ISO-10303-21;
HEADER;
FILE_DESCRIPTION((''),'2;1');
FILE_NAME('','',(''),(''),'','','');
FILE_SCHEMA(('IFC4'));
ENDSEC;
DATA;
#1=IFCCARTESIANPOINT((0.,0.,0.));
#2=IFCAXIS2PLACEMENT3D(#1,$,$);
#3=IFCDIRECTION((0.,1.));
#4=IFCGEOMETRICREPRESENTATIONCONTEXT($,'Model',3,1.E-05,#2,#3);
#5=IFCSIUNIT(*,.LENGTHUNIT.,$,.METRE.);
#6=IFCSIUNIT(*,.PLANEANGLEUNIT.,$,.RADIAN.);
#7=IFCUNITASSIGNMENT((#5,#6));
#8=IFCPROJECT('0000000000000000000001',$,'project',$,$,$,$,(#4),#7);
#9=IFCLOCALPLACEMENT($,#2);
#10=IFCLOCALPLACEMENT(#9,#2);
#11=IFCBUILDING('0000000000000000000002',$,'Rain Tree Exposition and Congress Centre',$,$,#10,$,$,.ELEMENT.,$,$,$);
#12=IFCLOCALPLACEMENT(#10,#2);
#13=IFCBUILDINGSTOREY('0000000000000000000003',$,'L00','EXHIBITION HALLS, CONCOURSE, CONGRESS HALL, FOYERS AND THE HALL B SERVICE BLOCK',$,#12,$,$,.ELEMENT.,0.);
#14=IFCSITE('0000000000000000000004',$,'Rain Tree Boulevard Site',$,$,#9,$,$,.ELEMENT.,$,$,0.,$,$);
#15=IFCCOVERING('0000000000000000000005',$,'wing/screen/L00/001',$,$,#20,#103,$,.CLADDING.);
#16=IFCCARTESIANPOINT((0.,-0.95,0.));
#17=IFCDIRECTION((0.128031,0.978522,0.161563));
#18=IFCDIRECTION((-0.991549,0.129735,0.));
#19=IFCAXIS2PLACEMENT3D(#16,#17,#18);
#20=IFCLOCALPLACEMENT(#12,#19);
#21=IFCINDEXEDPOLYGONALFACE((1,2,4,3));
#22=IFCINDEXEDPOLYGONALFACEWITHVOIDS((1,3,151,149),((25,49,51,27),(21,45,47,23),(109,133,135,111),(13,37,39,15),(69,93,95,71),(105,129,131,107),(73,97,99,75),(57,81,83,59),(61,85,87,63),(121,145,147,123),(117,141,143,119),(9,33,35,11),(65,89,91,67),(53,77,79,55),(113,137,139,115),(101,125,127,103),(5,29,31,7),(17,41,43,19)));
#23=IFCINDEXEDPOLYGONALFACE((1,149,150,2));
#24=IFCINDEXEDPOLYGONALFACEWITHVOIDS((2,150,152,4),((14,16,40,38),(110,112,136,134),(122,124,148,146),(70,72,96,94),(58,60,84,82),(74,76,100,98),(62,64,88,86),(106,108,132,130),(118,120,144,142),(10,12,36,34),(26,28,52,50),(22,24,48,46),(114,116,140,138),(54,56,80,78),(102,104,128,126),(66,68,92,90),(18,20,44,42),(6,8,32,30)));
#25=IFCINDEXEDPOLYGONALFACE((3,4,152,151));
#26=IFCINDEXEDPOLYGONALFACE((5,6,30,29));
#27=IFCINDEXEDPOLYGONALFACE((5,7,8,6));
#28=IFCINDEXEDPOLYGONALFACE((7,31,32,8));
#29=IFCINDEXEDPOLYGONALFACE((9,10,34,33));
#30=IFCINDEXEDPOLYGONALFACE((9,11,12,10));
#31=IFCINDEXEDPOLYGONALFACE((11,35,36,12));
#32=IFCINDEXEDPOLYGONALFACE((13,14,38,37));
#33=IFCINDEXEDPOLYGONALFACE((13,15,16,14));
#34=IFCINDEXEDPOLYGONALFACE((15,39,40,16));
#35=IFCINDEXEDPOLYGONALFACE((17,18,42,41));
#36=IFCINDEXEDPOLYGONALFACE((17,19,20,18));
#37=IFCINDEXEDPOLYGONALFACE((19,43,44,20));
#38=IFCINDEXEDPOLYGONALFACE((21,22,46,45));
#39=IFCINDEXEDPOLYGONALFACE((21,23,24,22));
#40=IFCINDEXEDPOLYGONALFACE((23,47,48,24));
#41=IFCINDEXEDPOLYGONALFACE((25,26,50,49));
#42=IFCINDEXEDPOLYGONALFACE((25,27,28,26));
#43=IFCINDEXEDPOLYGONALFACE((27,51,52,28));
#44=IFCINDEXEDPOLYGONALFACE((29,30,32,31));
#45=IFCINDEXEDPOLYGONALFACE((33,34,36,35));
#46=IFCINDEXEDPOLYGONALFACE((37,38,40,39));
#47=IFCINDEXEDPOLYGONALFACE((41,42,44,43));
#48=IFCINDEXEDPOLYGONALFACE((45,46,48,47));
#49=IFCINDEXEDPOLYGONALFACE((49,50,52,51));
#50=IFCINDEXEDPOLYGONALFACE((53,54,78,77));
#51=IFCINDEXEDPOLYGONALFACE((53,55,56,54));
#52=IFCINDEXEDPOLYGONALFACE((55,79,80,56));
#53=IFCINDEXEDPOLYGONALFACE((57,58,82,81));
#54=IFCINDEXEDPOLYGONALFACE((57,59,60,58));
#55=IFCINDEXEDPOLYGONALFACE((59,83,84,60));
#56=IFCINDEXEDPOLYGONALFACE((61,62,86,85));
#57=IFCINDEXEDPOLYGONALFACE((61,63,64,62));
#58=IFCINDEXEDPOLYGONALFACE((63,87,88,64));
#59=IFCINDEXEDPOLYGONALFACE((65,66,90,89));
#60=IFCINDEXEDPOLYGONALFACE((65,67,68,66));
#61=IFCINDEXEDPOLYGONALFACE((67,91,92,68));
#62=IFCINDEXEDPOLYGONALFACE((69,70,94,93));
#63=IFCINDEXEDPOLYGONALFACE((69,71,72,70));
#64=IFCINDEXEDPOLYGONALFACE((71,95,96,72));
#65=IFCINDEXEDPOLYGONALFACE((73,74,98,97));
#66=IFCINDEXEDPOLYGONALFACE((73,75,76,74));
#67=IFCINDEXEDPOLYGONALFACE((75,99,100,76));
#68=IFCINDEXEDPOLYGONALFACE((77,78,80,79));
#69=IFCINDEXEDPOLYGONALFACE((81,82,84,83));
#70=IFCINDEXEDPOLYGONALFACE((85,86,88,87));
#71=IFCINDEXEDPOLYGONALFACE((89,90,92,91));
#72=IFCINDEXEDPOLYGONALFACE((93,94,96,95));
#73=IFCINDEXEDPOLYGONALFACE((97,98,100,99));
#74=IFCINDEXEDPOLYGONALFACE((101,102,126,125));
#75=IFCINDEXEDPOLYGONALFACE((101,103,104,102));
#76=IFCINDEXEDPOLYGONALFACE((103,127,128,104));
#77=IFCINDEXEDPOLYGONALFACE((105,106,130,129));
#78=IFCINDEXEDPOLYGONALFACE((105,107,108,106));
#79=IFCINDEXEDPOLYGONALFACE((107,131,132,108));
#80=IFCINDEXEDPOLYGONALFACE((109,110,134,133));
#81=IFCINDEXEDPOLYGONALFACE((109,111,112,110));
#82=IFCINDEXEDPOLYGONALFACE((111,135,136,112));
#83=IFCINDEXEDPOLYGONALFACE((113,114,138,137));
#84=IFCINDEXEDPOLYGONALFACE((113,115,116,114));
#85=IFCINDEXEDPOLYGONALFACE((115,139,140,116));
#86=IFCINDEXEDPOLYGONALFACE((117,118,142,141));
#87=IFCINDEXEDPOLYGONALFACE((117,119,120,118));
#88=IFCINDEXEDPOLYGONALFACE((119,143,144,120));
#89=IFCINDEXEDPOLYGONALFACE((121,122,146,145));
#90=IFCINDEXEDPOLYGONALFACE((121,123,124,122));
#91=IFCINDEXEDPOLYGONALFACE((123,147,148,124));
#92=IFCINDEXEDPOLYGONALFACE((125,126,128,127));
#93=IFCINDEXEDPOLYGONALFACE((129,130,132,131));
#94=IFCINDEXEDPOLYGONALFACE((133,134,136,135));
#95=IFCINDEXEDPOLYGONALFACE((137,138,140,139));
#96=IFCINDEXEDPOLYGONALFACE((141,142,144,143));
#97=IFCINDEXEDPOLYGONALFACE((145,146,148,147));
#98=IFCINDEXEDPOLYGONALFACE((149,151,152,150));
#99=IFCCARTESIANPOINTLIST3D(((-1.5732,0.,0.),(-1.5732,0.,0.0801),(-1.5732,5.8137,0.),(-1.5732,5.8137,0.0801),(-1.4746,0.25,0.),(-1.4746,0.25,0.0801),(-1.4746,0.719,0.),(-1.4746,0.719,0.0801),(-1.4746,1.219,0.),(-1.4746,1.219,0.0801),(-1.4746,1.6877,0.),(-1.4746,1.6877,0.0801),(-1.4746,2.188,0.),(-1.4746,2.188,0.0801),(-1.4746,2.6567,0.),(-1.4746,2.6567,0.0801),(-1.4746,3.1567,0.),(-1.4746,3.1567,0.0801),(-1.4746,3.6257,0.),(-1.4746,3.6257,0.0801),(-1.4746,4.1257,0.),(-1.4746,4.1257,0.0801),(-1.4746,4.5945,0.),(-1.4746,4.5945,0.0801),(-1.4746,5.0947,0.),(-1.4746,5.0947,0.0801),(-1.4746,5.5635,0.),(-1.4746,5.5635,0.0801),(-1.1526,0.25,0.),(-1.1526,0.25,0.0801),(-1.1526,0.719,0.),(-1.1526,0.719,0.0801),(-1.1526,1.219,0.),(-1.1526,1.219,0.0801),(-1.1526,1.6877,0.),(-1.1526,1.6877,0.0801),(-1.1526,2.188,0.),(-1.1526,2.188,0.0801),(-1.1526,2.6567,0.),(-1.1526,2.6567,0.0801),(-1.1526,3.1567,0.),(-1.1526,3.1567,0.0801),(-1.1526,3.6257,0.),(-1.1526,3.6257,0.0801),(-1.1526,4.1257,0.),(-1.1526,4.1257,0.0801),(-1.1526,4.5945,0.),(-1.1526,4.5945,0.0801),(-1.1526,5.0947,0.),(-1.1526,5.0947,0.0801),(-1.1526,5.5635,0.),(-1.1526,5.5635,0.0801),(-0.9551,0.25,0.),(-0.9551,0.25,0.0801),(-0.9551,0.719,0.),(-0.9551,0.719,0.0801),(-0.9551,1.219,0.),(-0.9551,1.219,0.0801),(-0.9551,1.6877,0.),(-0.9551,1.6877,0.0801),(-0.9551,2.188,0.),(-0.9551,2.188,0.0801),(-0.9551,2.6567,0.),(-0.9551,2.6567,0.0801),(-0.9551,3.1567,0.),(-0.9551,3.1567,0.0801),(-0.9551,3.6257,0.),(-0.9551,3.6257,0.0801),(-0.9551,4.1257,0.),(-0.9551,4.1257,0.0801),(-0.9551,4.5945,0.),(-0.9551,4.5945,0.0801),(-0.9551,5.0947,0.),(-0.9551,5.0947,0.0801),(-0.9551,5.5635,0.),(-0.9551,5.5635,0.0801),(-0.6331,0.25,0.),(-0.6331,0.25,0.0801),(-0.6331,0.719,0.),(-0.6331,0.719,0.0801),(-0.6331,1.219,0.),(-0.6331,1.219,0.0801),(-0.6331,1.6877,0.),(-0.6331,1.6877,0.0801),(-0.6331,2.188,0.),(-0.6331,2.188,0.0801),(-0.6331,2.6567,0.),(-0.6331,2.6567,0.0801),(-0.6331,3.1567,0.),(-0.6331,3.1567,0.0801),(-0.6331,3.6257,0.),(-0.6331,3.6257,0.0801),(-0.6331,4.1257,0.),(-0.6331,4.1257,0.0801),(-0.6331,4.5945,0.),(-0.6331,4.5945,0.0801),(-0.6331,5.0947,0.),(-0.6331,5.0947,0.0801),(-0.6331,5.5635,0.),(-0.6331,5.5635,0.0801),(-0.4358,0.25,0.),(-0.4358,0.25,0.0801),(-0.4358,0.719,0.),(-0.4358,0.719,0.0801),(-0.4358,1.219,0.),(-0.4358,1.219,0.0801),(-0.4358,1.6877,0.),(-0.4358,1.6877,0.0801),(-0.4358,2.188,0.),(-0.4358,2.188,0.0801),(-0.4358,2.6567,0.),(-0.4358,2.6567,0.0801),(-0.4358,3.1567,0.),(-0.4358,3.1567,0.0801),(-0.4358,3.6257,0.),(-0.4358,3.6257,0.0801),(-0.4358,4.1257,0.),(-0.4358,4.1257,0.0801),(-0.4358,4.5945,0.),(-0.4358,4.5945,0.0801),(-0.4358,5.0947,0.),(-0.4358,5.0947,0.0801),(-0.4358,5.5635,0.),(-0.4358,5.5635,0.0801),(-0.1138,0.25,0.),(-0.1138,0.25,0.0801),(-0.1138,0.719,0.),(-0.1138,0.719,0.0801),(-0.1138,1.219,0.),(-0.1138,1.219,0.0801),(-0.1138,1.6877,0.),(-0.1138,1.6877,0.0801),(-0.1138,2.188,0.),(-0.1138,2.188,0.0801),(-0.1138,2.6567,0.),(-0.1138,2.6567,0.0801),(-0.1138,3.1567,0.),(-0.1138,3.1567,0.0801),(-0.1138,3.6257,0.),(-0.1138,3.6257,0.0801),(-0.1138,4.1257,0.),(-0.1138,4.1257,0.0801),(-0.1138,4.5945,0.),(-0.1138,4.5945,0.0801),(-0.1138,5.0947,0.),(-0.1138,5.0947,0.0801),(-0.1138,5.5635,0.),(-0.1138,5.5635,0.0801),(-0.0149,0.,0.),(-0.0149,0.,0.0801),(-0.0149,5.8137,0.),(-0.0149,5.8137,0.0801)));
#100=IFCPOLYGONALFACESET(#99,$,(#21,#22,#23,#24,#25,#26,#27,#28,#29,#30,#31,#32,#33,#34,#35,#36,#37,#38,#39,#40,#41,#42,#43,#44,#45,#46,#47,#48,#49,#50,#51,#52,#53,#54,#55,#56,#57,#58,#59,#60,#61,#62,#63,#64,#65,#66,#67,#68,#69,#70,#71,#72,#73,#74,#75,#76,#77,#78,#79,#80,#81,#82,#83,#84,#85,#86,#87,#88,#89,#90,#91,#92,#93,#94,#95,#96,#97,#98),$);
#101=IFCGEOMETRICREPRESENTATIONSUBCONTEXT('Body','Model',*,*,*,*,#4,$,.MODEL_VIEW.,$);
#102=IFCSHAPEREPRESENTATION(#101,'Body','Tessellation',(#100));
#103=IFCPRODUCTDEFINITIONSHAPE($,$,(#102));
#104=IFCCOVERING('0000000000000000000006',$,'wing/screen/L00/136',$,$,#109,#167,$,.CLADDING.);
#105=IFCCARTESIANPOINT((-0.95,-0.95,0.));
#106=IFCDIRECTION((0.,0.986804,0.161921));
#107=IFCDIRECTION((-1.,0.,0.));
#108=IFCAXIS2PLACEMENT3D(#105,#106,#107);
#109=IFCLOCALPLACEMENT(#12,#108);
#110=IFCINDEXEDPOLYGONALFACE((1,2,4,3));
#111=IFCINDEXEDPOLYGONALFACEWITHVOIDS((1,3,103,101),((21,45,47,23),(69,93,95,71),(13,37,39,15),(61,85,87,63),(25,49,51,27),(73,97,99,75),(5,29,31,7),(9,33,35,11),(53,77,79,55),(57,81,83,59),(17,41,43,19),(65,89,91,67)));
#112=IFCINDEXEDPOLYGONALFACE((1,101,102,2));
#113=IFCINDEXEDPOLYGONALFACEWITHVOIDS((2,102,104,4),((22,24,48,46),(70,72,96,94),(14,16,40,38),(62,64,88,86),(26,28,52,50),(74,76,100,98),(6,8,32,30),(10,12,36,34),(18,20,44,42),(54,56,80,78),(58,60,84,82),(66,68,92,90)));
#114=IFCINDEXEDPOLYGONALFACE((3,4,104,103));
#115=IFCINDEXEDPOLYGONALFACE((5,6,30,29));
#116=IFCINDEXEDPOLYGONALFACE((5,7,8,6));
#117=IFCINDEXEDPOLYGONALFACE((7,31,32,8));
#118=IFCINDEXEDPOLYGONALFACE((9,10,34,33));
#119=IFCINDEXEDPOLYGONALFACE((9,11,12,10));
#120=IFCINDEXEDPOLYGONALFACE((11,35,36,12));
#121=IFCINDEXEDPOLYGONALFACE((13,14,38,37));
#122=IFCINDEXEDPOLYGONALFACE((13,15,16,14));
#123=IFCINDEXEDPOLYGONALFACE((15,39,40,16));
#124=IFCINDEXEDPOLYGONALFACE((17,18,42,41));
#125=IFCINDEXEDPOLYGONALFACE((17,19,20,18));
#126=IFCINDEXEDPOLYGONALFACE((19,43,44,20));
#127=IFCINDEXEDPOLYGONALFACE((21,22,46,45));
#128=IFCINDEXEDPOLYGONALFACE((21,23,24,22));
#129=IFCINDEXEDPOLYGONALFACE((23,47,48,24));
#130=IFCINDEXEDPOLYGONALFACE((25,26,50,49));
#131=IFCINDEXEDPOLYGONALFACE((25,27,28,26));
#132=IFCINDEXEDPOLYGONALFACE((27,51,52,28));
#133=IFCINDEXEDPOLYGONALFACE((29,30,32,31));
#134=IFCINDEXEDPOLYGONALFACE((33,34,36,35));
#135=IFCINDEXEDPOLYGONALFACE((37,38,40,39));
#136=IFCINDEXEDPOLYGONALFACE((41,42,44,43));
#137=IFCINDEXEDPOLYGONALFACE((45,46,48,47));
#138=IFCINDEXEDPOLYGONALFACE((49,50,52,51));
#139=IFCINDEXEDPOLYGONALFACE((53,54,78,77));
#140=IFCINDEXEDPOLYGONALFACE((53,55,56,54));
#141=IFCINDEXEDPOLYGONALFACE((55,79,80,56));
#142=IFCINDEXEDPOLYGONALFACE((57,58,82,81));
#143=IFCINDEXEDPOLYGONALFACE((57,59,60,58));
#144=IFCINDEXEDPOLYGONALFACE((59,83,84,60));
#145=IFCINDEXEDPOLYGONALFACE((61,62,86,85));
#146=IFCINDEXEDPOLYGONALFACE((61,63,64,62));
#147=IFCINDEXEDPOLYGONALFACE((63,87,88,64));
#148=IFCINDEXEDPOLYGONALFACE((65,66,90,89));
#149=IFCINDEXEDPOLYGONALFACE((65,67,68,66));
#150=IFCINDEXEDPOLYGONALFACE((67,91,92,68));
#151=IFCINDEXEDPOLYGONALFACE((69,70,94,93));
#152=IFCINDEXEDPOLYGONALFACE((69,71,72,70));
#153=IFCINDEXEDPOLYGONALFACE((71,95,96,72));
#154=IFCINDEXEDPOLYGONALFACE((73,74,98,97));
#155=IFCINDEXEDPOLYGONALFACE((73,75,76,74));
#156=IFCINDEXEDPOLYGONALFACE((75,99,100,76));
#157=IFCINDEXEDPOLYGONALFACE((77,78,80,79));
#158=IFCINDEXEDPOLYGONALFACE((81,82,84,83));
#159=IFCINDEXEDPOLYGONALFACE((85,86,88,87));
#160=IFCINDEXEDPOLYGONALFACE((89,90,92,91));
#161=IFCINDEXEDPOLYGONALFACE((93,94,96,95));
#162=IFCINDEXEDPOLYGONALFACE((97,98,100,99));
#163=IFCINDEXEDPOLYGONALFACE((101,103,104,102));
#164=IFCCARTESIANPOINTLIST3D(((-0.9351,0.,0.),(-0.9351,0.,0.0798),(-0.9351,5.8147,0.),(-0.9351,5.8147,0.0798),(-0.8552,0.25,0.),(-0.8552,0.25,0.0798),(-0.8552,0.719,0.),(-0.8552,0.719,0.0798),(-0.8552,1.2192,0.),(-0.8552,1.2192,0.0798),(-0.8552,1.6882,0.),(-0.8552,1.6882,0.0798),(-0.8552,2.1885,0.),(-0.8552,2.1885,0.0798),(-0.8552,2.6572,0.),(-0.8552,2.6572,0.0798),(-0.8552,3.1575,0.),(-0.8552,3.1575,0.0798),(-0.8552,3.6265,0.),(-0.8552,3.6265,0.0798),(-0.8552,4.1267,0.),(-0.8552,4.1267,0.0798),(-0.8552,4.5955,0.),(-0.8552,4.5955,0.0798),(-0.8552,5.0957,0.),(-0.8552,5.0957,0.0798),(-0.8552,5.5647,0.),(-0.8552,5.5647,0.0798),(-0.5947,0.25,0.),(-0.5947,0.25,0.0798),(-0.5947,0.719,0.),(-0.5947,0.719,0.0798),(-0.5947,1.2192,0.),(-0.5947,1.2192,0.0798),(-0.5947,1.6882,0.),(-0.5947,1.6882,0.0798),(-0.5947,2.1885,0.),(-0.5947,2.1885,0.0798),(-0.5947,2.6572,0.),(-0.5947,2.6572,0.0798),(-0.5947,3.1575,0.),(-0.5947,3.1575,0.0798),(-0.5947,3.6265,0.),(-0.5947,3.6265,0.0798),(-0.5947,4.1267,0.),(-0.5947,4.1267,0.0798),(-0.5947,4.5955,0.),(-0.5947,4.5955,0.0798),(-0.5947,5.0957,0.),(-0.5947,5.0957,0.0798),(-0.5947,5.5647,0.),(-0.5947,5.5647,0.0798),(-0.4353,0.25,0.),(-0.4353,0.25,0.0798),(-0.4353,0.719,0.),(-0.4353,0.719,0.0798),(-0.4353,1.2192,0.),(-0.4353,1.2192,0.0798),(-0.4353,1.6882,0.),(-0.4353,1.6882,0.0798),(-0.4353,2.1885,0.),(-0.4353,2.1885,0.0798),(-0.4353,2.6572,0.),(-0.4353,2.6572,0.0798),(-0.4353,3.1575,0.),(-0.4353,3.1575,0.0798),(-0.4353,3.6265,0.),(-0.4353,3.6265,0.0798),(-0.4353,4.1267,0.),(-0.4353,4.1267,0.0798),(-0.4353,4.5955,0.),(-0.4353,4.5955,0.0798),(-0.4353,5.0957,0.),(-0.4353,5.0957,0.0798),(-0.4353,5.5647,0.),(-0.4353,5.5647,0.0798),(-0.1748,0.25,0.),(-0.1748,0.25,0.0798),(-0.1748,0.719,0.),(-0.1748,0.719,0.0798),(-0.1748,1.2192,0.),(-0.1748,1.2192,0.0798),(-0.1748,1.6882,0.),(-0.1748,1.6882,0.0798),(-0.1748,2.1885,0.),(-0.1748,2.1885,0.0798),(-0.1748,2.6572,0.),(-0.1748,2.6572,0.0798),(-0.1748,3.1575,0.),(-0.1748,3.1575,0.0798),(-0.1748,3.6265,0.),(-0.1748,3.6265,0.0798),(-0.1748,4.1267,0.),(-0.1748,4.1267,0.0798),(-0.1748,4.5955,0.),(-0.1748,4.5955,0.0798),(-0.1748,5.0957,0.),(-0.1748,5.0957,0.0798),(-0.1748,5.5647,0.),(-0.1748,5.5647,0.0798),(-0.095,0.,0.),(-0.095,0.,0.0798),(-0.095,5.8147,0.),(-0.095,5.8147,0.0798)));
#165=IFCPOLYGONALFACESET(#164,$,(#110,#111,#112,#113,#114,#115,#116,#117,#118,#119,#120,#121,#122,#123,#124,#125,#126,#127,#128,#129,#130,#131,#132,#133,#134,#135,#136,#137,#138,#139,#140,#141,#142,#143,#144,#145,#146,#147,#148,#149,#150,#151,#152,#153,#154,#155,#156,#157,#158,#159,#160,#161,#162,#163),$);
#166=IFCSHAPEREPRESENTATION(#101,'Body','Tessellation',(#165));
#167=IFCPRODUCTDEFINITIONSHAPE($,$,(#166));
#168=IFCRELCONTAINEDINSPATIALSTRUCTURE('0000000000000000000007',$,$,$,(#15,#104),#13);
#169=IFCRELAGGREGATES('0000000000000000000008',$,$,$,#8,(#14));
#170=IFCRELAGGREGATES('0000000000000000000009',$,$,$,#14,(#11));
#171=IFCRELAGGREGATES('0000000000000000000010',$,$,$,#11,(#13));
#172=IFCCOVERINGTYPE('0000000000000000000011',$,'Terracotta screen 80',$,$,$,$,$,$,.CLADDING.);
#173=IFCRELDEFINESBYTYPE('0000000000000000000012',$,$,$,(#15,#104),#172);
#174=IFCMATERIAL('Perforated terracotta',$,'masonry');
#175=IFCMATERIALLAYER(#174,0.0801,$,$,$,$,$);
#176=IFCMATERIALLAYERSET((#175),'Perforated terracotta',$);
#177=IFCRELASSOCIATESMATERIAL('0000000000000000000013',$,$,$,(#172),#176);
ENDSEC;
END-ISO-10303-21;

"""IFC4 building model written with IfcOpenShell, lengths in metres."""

from ifc_helpers import new_model, si_unit, direction, frame, origin, place, context, subcontext, project, spatial, polyline, outline, extrude, material, layer, layer_set, type_object, element, save


model = new_model("IFC4")

# Units and contexts
model_context = context("Model", 3, precision=1e-05, world=origin(), true_north=direction((0.0, 1.0)))
body_context = subcontext(model_context, "Body", "Model", "MODEL_VIEW")
ifc_project = project(units=[si_unit("LENGTHUNIT", "METRE"), si_unit("PLANEANGLEUNIT", "RADIAN")], contexts=[model_context])

# Site, building, storey
site_placement = place(None, origin())
site = spatial("IfcSite", under=ifc_project, at=site_placement, Name="Rain Tree Boulevard Site", CompositionType="ELEMENT", RefElevation=0.0)
building_placement = place(site_placement, origin())
building = spatial("IfcBuilding", under=site, at=building_placement, Name="Rain Tree Exposition and Congress Centre", CompositionType="ELEMENT")
storey_placement = place(building_placement, origin())
storey = spatial("IfcBuildingStorey", under=building, at=storey_placement, Name="L00", Description="EXHIBITION HALLS, CONCOURSE, CONGRESS HALL, FOYERS AND THE HALL B SERVICE BLOCK", CompositionType="ELEMENT", Elevation=0.0)

# Coverings
ifc_material_1 = material(Name="Perforated terracotta", Category="masonry")
ifc_layer_1 = layer(ifc_material_1, 0.0801)
ifc_layer_set_1 = layer_set([ifc_layer_1], Name="Perforated terracotta")
covering_type = type_object("IfcCoveringType", Name="Terracotta screen 80", PredefinedType="CLADDING", material=ifc_layer_set_1)
covering_1_placement = place(storey_placement, frame((0.0, -0.95, 0.0), z_axis=(0.128031, 0.978522, 0.161563), x_axis=(-0.991549, 0.129735, 0.0)))
element("IfcCovering", 1, at=covering_1_placement, inside=storey, type_object=covering_type, Name="wing/screen/L00/001", PredefinedType="CLADDING", context=body_context, shape_type="SweptSolid", body=[
    extrude(outline(polyline([(-1.5732, 0.0), (-1.5732, 5.8137), (-0.0149, 5.8137), (-0.0149, 0.0), (-1.5732, 0.0)]), holes=[polyline([(-0.1138, 0.25), (-0.1138, 0.719), (-0.4358, 0.719), (-0.4358, 0.25), (-0.1138, 0.25)]), polyline([(-0.1138, 1.219), (-0.1138, 1.6877), (-0.4358, 1.6877), (-0.4358, 1.219), (-0.1138, 1.219)]), polyline([(-0.1138, 2.188), (-0.1138, 2.6567), (-0.4358, 2.6567), (-0.4358, 2.188), (-0.1138, 2.188)]), polyline([(-0.1138, 3.1567), (-0.1138, 3.6257), (-0.4358, 3.6257), (-0.4358, 3.1567), (-0.1138, 3.1567)]), polyline([(-0.1138, 4.1257), (-0.1138, 4.5945), (-0.4358, 4.5945), (-0.4358, 4.1257), (-0.1138, 4.1257)]), polyline([(-0.1138, 5.0947), (-0.1138, 5.5635), (-0.4358, 5.5635), (-0.4358, 5.0947), (-0.1138, 5.0947)]), polyline([(-0.6331, 0.25), (-0.6331, 0.719), (-0.9551, 0.719), (-0.9551, 0.25), (-0.6331, 0.25)]), polyline([(-0.6331, 1.219), (-0.6331, 1.6877), (-0.9551, 1.6877), (-0.9551, 1.219), (-0.6331, 1.219)]), polyline([(-0.6331, 2.188), (-0.6331, 2.6567), (-0.9551, 2.6567), (-0.9551, 2.188), (-0.6331, 2.188)]), polyline([(-0.6331, 3.1567), (-0.6331, 3.6257), (-0.9551, 3.6257), (-0.9551, 3.1567), (-0.6331, 3.1567)]), polyline([(-0.6331, 4.1257), (-0.6331, 4.5945), (-0.9551, 4.5945), (-0.9551, 4.1257), (-0.6331, 4.1257)]), polyline([(-0.6331, 5.0947), (-0.6331, 5.5635), (-0.9551, 5.5635), (-0.9551, 5.0947), (-0.6331, 5.0947)]), polyline([(-1.1526, 0.25), (-1.1526, 0.719), (-1.4746, 0.719), (-1.4746, 0.25), (-1.1526, 0.25)]), polyline([(-1.1526, 1.219), (-1.1526, 1.6877), (-1.4746, 1.6877), (-1.4746, 1.219), (-1.1526, 1.219)]), polyline([(-1.1526, 2.188), (-1.1526, 2.6567), (-1.4746, 2.6567), (-1.4746, 2.188), (-1.1526, 2.188)]), polyline([(-1.1526, 3.1567), (-1.1526, 3.6257), (-1.4746, 3.6257), (-1.4746, 3.1567), (-1.1526, 3.1567)]), polyline([(-1.1526, 4.1257), (-1.1526, 4.5945), (-1.4746, 4.5945), (-1.4746, 4.1257), (-1.1526, 4.1257)]), polyline([(-1.1526, 5.0947), (-1.1526, 5.5635), (-1.4746, 5.5635), (-1.4746, 5.0947), (-1.1526, 5.0947)])]), origin(), (0.0, 0.0, 1.0), 0.0801),
])
covering_2_placement = place(storey_placement, frame((-0.95, -0.95, 0.0), z_axis=(0.0, 0.986804, 0.161921), x_axis=(-1.0, 0.0, 0.0)))
element("IfcCovering", 2, at=covering_2_placement, inside=storey, type_object=covering_type, Name="wing/screen/L00/136", PredefinedType="CLADDING", context=body_context, shape_type="SweptSolid", body=[
    extrude(outline(polyline([(-0.9351, 0.0), (-0.9351, 5.8147), (-0.095, 5.8147), (-0.095, 0.0), (-0.9351, 0.0)]), holes=[polyline([(-0.1748, 0.25), (-0.1748, 0.719), (-0.4353, 0.719), (-0.4353, 0.25), (-0.1748, 0.25)]), polyline([(-0.1748, 1.2192), (-0.1748, 1.6882), (-0.4353, 1.6882), (-0.4353, 1.2192), (-0.1748, 1.2192)]), polyline([(-0.1748, 2.1885), (-0.1748, 2.6572), (-0.4353, 2.6572), (-0.4353, 2.1885), (-0.1748, 2.1885)]), polyline([(-0.1748, 3.1575), (-0.1748, 3.6265), (-0.4353, 3.6265), (-0.4353, 3.1575), (-0.1748, 3.1575)]), polyline([(-0.1748, 4.1267), (-0.1748, 4.5955), (-0.4353, 4.5955), (-0.4353, 4.1267), (-0.1748, 4.1267)]), polyline([(-0.1748, 5.0957), (-0.1748, 5.5647), (-0.4353, 5.5647), (-0.4353, 5.0957), (-0.1748, 5.0957)]), polyline([(-0.5947, 0.25), (-0.5947, 0.719), (-0.8552, 0.719), (-0.8552, 0.25), (-0.5947, 0.25)]), polyline([(-0.5947, 1.2192), (-0.5947, 1.6882), (-0.8552, 1.6882), (-0.8552, 1.2192), (-0.5947, 1.2192)]), polyline([(-0.5947, 2.1885), (-0.5947, 2.6572), (-0.8552, 2.6572), (-0.8552, 2.1885), (-0.5947, 2.1885)]), polyline([(-0.5947, 3.1575), (-0.5947, 3.6265), (-0.8552, 3.6265), (-0.8552, 3.1575), (-0.5947, 3.1575)]), polyline([(-0.5947, 4.1267), (-0.5947, 4.5955), (-0.8552, 4.5955), (-0.8552, 4.1267), (-0.5947, 4.1267)]), polyline([(-0.5947, 5.0957), (-0.5947, 5.5647), (-0.8552, 5.5647), (-0.8552, 5.0957), (-0.5947, 5.0957)])]), origin(), (0.0, 0.0, 1.0), 0.0798),
])

save(model, "model.ifc")
